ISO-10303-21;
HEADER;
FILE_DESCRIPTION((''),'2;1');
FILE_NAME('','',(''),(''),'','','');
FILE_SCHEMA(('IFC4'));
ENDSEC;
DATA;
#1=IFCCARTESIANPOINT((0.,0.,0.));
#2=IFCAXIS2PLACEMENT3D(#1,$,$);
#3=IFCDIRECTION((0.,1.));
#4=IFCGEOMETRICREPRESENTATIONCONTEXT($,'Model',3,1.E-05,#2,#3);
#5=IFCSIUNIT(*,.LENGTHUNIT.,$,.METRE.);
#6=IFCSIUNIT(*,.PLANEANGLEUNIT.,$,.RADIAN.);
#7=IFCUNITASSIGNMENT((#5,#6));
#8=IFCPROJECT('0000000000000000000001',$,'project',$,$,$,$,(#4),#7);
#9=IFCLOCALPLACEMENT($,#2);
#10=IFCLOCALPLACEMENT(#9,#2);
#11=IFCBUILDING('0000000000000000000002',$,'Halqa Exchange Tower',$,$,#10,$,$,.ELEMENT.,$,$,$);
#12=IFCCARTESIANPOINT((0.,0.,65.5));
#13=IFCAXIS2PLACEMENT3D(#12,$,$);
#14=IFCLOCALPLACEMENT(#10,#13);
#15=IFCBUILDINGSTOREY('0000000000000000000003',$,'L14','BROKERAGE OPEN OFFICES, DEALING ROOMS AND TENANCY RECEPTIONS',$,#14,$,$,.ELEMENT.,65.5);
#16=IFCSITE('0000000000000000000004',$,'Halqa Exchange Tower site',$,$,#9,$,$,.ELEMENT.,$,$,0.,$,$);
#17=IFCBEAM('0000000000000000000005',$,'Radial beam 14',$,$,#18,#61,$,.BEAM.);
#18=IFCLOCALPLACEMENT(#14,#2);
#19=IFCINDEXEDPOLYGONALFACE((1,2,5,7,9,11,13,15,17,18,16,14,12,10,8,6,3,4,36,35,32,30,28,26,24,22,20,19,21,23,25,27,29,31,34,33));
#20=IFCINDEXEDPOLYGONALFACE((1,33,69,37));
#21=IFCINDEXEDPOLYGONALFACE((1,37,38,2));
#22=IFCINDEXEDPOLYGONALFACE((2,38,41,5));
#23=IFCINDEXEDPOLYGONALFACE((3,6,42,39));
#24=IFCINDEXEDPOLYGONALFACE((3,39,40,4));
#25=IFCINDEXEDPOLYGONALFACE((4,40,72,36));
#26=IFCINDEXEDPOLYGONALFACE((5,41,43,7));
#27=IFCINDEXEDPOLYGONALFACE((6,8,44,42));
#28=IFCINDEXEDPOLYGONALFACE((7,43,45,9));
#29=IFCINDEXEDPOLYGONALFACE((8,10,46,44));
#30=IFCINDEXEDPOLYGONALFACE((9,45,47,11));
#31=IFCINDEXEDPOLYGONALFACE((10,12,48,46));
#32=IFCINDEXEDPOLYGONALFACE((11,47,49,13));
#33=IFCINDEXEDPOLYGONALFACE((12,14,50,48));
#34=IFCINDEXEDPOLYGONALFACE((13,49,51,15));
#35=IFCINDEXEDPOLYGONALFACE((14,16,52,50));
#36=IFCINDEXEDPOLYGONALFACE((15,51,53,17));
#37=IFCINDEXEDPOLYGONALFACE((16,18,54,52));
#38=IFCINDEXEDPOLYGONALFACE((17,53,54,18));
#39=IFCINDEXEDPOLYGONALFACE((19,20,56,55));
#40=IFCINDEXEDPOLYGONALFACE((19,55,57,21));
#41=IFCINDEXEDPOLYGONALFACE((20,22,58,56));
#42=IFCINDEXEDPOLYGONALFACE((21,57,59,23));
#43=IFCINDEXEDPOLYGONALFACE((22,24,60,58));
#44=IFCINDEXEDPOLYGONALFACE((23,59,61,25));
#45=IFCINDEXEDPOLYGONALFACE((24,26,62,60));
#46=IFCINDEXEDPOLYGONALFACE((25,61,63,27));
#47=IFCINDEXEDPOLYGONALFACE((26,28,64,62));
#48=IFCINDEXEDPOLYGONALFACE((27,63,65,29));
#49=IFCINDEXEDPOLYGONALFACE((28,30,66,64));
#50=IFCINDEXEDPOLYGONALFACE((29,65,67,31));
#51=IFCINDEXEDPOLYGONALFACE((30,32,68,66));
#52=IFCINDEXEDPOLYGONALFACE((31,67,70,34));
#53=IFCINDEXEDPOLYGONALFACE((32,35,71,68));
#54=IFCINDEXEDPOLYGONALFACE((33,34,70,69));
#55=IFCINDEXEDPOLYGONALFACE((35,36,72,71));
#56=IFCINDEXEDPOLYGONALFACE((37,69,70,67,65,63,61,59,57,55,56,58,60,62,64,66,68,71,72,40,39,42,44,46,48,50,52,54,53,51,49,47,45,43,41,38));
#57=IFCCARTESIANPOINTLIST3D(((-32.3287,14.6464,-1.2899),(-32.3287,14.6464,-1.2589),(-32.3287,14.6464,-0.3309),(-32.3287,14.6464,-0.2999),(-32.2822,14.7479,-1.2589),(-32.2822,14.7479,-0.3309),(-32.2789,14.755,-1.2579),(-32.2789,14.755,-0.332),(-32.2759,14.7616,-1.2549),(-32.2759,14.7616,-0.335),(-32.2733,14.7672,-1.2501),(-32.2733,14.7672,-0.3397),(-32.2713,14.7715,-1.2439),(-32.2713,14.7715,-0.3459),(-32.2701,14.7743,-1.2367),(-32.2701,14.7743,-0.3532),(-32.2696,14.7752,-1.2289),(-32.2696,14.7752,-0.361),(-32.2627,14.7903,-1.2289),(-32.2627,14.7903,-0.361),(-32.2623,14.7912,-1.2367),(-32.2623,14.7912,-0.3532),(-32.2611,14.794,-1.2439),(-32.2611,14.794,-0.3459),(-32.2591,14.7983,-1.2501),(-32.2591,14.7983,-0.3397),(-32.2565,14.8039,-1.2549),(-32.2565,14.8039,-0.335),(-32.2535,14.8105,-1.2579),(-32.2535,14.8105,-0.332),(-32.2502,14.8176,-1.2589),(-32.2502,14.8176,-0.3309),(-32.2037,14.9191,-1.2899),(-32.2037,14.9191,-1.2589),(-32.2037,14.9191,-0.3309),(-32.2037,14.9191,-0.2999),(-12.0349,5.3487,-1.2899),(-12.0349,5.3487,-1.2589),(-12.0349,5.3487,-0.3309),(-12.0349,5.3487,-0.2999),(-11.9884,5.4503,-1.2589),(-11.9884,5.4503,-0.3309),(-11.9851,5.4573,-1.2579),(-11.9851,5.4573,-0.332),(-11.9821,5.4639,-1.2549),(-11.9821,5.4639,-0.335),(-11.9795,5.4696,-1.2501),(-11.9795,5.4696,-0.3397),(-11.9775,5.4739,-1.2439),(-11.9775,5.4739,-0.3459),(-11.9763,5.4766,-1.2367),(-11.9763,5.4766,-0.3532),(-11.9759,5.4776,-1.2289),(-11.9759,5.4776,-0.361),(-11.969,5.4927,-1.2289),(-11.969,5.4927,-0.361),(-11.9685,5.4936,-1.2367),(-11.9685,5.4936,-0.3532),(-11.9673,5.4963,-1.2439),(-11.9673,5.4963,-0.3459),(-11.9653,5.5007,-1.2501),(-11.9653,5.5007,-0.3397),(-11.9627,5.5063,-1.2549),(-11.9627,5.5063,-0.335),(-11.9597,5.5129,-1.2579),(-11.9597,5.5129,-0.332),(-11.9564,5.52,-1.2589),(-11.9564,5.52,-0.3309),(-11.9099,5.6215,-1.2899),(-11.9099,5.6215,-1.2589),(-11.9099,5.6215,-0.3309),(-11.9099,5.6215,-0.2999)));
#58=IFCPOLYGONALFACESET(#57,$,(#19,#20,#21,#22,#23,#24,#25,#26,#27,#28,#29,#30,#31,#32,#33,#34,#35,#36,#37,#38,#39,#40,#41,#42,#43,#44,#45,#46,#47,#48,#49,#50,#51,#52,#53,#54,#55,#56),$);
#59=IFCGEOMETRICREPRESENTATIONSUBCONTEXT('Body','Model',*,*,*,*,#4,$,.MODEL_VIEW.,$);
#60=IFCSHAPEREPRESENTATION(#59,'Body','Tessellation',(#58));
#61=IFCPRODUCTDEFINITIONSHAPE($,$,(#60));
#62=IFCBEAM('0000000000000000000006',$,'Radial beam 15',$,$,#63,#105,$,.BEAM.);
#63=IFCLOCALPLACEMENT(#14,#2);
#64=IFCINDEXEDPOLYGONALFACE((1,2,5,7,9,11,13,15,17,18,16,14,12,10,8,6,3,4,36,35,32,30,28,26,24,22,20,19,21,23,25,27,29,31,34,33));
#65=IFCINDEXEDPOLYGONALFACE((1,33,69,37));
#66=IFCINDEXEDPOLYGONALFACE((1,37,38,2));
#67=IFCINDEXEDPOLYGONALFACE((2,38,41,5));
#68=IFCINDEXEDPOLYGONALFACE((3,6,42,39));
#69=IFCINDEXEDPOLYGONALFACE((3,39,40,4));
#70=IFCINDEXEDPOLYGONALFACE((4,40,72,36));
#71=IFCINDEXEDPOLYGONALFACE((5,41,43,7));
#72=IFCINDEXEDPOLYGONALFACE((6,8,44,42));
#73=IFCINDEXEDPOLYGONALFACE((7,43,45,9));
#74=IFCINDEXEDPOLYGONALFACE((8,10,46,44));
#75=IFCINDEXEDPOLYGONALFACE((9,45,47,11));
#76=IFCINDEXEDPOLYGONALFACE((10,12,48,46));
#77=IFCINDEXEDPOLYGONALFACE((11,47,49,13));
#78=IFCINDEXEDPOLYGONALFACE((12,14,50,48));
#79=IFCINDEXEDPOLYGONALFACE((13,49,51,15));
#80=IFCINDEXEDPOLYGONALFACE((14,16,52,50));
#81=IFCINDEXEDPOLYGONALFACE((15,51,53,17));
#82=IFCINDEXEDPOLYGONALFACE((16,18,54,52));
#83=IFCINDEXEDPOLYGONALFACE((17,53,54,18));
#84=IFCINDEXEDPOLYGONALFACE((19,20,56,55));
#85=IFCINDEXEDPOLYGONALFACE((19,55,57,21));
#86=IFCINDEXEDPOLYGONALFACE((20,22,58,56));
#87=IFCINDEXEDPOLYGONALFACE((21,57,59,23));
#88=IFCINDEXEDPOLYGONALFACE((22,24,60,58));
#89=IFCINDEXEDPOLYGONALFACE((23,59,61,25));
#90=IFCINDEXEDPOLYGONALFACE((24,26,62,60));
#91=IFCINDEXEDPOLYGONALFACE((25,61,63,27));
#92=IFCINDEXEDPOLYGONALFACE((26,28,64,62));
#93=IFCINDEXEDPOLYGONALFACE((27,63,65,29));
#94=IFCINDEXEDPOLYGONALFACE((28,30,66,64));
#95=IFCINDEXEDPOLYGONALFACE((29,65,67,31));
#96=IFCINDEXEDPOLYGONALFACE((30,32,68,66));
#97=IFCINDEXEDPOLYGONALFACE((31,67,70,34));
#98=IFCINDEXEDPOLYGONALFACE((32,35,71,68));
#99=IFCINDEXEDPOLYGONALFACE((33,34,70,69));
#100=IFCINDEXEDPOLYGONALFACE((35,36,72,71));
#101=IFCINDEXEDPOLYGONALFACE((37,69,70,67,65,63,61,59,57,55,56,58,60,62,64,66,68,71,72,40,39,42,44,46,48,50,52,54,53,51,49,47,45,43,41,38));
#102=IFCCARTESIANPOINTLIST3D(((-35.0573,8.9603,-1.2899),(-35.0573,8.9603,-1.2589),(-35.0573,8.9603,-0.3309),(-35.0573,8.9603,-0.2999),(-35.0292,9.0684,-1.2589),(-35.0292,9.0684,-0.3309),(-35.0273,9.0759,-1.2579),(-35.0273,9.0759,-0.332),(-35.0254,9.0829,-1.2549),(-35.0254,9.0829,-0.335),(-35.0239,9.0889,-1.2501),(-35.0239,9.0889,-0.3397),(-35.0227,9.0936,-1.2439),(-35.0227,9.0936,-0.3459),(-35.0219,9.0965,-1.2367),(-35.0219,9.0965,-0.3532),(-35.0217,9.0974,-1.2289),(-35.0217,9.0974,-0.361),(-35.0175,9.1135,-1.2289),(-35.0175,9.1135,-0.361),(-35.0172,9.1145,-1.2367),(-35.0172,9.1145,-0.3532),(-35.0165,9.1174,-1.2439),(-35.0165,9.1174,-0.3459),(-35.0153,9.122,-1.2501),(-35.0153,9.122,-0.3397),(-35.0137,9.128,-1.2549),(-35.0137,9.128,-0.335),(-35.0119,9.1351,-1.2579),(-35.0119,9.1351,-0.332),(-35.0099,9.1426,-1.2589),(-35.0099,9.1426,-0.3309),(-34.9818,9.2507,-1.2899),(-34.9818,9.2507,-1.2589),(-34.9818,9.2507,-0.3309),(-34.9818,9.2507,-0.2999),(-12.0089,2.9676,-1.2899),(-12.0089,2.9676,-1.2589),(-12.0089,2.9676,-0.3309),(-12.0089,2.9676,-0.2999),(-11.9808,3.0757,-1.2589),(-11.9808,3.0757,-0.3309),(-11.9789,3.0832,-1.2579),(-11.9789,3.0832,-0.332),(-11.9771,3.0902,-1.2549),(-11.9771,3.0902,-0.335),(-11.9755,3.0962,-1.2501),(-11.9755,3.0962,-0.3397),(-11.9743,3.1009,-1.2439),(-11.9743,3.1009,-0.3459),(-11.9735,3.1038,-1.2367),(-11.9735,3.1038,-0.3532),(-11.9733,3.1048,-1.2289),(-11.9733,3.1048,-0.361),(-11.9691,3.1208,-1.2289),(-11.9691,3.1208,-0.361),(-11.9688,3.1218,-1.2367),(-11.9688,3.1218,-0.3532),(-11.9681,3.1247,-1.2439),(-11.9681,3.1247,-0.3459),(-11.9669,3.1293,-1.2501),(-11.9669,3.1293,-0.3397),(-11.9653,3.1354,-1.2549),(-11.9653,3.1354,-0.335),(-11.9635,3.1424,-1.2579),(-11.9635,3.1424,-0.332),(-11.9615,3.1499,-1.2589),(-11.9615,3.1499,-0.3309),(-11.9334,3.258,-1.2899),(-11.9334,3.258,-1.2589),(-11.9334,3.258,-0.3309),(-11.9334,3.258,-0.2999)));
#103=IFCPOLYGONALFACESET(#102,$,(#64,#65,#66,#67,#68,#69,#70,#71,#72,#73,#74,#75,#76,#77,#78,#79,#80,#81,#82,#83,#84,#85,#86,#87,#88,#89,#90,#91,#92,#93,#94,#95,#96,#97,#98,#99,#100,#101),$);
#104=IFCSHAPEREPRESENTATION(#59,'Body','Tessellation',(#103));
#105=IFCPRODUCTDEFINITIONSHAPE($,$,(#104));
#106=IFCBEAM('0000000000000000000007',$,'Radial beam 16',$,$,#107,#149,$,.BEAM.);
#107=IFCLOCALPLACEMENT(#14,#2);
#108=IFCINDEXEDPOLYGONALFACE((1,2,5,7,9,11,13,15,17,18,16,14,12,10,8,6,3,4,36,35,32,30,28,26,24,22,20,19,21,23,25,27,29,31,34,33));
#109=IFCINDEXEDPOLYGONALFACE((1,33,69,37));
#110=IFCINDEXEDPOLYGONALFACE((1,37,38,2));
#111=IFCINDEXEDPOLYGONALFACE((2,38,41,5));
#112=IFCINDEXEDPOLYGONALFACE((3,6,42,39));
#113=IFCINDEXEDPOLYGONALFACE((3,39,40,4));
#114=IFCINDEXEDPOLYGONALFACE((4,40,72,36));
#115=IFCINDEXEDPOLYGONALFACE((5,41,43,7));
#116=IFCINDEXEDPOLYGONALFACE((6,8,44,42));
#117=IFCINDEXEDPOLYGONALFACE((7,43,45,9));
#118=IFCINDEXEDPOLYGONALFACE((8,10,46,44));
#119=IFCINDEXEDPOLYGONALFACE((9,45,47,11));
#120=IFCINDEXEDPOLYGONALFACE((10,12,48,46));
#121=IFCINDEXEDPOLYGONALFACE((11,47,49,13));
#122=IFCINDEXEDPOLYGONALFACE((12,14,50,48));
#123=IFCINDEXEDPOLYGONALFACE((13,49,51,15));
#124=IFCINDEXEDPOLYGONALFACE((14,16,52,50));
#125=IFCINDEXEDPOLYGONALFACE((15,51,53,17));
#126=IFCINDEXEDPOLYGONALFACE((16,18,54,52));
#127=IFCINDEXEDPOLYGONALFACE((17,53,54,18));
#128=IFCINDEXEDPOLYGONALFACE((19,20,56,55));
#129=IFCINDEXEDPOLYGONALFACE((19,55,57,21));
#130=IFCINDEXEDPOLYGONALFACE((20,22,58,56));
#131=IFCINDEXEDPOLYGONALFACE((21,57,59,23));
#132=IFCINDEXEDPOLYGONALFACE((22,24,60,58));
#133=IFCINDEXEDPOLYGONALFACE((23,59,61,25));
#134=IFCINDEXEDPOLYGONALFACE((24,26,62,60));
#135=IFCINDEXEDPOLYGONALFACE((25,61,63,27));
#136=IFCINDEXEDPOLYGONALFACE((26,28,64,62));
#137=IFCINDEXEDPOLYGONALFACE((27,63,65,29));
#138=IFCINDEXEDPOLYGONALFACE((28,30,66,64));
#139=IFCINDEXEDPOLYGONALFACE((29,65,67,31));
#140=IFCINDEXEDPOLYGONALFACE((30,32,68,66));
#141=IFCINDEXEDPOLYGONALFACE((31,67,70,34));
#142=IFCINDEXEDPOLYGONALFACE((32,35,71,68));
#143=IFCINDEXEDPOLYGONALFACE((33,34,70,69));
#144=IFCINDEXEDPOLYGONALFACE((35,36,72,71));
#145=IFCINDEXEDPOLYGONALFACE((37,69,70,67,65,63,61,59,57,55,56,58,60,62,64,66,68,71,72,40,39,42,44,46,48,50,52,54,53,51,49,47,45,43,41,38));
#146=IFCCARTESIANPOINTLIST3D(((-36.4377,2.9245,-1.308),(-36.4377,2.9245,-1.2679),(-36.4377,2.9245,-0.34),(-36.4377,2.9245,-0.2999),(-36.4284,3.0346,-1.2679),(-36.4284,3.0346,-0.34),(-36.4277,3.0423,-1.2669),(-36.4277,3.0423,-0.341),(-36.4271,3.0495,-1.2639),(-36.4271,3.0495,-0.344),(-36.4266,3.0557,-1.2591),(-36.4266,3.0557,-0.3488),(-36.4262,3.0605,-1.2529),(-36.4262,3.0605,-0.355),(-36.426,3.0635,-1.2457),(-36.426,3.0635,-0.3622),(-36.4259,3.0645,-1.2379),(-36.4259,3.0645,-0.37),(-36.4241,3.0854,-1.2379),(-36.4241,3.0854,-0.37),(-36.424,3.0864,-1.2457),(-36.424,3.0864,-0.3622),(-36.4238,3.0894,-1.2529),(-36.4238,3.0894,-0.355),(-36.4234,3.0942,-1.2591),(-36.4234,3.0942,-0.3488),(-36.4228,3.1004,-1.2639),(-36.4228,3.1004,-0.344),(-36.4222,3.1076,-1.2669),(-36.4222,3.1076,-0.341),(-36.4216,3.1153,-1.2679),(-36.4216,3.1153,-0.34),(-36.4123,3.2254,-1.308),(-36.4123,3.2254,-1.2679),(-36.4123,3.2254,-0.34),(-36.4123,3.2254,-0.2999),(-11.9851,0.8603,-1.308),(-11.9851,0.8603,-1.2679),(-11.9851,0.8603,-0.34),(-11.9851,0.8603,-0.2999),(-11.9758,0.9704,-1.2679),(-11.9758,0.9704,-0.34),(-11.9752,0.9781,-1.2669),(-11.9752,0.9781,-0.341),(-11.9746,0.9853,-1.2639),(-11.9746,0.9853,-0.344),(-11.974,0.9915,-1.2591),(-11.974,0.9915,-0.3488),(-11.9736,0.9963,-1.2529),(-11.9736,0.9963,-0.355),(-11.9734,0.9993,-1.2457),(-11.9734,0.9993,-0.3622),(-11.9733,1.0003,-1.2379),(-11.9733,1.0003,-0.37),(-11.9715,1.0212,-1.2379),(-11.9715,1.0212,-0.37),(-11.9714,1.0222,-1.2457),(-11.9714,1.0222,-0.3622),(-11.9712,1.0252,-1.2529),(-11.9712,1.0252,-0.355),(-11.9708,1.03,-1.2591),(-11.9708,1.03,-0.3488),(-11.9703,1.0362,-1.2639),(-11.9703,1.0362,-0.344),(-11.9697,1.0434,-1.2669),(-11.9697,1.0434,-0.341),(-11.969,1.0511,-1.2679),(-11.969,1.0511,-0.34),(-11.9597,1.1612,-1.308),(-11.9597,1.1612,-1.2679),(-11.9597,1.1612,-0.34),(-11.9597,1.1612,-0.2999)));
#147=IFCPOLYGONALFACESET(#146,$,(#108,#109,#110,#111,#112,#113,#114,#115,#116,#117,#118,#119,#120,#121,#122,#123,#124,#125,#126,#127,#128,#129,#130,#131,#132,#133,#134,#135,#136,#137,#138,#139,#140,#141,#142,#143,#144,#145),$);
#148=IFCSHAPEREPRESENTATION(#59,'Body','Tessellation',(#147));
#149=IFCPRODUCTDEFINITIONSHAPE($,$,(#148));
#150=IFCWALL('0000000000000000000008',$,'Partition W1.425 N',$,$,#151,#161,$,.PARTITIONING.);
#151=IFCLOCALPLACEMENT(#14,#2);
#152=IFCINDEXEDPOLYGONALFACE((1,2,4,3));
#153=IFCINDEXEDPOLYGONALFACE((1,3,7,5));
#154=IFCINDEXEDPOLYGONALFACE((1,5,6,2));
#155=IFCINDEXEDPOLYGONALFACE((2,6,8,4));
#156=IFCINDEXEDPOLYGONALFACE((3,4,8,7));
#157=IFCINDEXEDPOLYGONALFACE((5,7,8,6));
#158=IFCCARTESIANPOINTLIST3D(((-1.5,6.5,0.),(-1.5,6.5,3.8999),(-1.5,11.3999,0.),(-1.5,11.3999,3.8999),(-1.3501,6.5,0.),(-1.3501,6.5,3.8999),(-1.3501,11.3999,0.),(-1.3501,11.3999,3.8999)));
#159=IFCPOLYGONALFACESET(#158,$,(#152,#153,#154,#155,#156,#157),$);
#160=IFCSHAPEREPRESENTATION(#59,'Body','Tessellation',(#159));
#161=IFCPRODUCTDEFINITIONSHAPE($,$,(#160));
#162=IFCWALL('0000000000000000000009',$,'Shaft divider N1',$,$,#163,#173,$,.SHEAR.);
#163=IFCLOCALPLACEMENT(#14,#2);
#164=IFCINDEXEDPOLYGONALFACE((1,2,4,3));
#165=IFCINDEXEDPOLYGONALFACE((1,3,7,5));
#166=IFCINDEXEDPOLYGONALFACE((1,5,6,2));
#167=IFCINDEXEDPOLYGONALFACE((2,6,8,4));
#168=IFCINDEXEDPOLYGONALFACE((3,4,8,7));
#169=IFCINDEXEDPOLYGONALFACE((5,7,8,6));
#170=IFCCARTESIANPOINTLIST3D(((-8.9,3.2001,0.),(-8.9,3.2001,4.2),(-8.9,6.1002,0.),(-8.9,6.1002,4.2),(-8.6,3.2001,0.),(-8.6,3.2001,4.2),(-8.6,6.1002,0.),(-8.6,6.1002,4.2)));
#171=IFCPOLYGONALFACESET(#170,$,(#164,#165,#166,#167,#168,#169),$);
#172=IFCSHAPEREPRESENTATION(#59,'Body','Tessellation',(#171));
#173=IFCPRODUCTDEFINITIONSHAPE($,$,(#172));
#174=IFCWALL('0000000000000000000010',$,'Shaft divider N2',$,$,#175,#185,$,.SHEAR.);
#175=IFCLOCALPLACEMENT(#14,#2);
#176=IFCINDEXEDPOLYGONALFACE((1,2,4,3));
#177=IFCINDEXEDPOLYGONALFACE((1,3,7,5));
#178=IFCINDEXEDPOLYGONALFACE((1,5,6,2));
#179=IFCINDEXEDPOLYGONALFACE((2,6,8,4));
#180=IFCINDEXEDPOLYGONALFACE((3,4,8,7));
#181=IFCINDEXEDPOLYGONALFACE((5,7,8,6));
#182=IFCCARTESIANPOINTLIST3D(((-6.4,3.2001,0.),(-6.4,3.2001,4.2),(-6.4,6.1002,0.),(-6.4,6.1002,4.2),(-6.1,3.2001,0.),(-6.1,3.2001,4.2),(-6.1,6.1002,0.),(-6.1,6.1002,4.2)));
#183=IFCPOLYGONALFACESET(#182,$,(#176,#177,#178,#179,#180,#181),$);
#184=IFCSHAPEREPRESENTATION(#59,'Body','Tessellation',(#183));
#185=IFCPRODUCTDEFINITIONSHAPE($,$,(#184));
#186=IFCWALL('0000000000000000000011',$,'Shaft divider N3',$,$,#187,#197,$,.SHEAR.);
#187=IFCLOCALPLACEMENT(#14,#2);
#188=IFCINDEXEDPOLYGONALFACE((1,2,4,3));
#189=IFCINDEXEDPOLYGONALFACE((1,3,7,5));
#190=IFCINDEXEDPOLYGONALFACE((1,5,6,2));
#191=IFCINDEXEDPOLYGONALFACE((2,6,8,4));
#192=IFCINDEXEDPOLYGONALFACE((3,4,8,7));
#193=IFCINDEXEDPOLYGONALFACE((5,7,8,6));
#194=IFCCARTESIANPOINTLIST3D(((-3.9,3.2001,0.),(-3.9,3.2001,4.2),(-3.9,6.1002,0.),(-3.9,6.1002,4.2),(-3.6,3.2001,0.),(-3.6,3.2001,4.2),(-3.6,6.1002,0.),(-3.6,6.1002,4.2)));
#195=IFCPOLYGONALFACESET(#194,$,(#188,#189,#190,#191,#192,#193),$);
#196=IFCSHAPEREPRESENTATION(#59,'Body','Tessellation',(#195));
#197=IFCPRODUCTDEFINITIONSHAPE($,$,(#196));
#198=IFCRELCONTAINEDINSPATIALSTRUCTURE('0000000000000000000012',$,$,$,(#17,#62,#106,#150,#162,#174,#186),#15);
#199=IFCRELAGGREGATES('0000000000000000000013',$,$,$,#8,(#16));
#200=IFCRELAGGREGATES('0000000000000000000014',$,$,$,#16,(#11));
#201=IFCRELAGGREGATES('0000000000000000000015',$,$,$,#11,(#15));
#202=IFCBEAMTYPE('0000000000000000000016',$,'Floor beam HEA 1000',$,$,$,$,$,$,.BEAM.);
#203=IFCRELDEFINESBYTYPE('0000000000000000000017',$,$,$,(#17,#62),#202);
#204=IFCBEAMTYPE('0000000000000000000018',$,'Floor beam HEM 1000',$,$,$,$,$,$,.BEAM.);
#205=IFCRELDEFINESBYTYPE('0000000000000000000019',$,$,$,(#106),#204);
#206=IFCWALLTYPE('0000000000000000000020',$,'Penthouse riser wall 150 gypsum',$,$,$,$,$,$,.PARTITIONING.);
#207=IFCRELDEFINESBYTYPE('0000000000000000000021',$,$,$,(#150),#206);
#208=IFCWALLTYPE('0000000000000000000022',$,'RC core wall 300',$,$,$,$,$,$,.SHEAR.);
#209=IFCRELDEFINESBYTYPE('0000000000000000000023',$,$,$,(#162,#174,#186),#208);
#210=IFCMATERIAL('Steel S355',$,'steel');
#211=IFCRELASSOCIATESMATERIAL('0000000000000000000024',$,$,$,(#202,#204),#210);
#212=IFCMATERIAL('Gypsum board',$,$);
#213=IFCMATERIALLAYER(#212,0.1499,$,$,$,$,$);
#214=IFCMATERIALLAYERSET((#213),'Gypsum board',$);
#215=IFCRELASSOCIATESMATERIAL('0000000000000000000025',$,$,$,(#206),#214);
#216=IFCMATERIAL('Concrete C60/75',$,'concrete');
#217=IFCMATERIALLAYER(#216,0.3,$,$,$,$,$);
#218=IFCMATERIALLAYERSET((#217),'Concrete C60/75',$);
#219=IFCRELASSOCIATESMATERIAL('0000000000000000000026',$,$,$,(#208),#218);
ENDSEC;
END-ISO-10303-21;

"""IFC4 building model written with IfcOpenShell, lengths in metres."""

from ifc_helpers import new_model, si_unit, direction, frame, frame_2d, origin, origin_2d, place, context, subcontext, project, spatial, rectangle, i_section, extrude, material, layer, layer_set, material_profile, profile_set, type_object, element, save


model = new_model("IFC4")

# Units and contexts
model_context = context("Model", 3, precision=1e-05, world=origin(), true_north=direction((0.0, 1.0)))
body_context = subcontext(model_context, "Body", "Model", "MODEL_VIEW")
ifc_project = project(units=[si_unit("LENGTHUNIT", "METRE"), si_unit("PLANEANGLEUNIT", "RADIAN")], contexts=[model_context])

# Site, building, storey
site_placement = place(None, origin())
site = spatial("IfcSite", under=ifc_project, at=site_placement, Name="Halqa Exchange Tower site", CompositionType="ELEMENT", RefElevation=0.0)
building_placement = place(site_placement, origin())
building = spatial("IfcBuilding", under=site, at=building_placement, Name="Halqa Exchange Tower", CompositionType="ELEMENT")
storey_placement = place(building_placement, frame((0.0, 0.0, 65.5)))
storey = spatial("IfcBuildingStorey", under=building, at=storey_placement, Name="L14", Description="BROKERAGE OPEN OFFICES, DEALING ROOMS AND TENANCY RECEPTIONS", CompositionType="ELEMENT", Elevation=65.5)

# Beams
ifc_material_1 = material(Name="Steel S355", Category="steel")
ifc_material_profile_1 = material_profile(ifc_material_1, i_section(OverallWidth=0.3, OverallDepth=0.99, WebThickness=0.0166, FlangeThickness=0.031, FilletRadius=0.03, at=origin_2d()), Name="HEA 1000")
ifc_profile_set_1 = profile_set([ifc_material_profile_1], Name="Steel S355")
beam_type_1 = type_object("IfcBeamType", Name="Floor beam HEA 1000", PredefinedType="BEAM", material=ifc_profile_set_1)
beam_1_placement = place(storey_placement, frame((-11.9724, 5.4851, -0.7949), z_axis=(-0.909127, 0.416519, 0.0), x_axis=(-0.416519, -0.909127, 0.0)))
element("IfcBeam", 1, at=beam_1_placement, inside=storey, type_object=beam_type_1, Name="Radial beam 14", PredefinedType="BEAM", context=body_context, shape_type="SweptSolid", body=[
    extrude(i_section(OverallWidth=0.3, OverallDepth=0.99, WebThickness=0.0166, FlangeThickness=0.031, FilletRadius=0.03, at=origin_2d()), origin(), (0.0, 0.0, 1.0), 22.3223),
])
beam_2_placement = place(storey_placement, frame((-11.9712, 3.1128, -0.7949), z_axis=(-0.967821, 0.251638, 0.0), x_axis=(-0.251638, -0.967821, 0.0)))
element("IfcBeam", 2, at=beam_2_placement, inside=storey, type_object=beam_type_1, Name="Radial beam 15", PredefinedType="BEAM", context=body_context, shape_type="SweptSolid", body=[
    extrude(i_section(OverallWidth=0.3, OverallDepth=0.99, WebThickness=0.0166, FlangeThickness=0.031, FilletRadius=0.03, at=origin_2d()), origin(), (0.0, 0.0, 1.0), 23.8147),
])
ifc_material_profile_2 = material_profile(ifc_material_1, i_section(OverallWidth=0.302, OverallDepth=1.0081, WebThickness=0.021, FlangeThickness=0.04, FilletRadius=0.03, at=origin_2d()), Name="HEM 1000")
ifc_profile_set_2 = profile_set([ifc_material_profile_2], Name="Steel S355")
beam_type_2 = type_object("IfcBeamType", Name="Floor beam HEM 1000", PredefinedType="BEAM", material=ifc_profile_set_2)
beam_3_placement = place(storey_placement, frame((-11.9724, 1.0107, -0.804), z_axis=(-0.996456, 0.084117, 0.0), x_axis=(-0.084117, -0.996456, 0.0)))
element("IfcBeam", 3, at=beam_3_placement, inside=storey, type_object=beam_type_2, Name="Radial beam 16", PredefinedType="BEAM", context=body_context, shape_type="SweptSolid", body=[
    extrude(i_section(OverallWidth=0.302, OverallDepth=1.0081, WebThickness=0.021, FlangeThickness=0.04, FilletRadius=0.03, at=origin_2d()), origin(), (0.0, 0.0, 1.0), 24.5396),
])

# Walls
ifc_material_2 = material(Name="Gypsum board")
ifc_layer_1 = layer(ifc_material_2, 0.1499)
ifc_layer_set_1 = layer_set([ifc_layer_1], Name="Gypsum board")
wall_type_1 = type_object("IfcWallType", Name="Penthouse riser wall 150 gypsum", PredefinedType="PARTITIONING", material=ifc_layer_set_1)
wall_1_placement = place(storey_placement, frame((-1.425, 6.5, 0.0), z_axis=(0.0, 0.0, 1.0), x_axis=(0.0, 1.0, 0.0)))
element("IfcWall", 4, at=wall_1_placement, inside=storey, type_object=wall_type_1, Name="Partition W1.425 N", PredefinedType="PARTITIONING", context=body_context, shape_type="SweptSolid", body=[
    extrude(rectangle(XDim=4.8999, YDim=0.1499, at=frame_2d((2.45, 0.0))), origin(), (0.0, 0.0, 1.0), 3.8999),
])
ifc_material_3 = material(Name="Concrete C60/75", Category="concrete")
ifc_layer_2 = layer(ifc_material_3, 0.3)
ifc_layer_set_2 = layer_set([ifc_layer_2], Name="Concrete C60/75")
wall_type_2 = type_object("IfcWallType", Name="RC core wall 300", PredefinedType="SHEAR", material=ifc_layer_set_2)
for number, where, z_axis, x_axis, name in (
    (5, (-8.75, 3.2, 0.0), (0.0, 0.0, 1.0), (0.0, 1.0, 0.0), "Shaft divider N1"),
    (6, (-6.25, 3.2, 0.0), (0.0, 0.0, 1.0), (0.0, 1.0, 0.0), "Shaft divider N2"),
    (7, (-3.75, 3.2, 0.0), (0.0, 0.0, 1.0), (0.0, 1.0, 0.0), "Shaft divider N3"),
):
    element("IfcWall", number, at=place(storey_placement, frame(where, z_axis=z_axis, x_axis=x_axis)), inside=storey, type_object=wall_type_2, Name=name, PredefinedType="SHEAR", context=body_context, shape_type="SweptSolid", body=[
        extrude(rectangle(XDim=2.9001, YDim=0.3, at=frame_2d((1.4502, 0.0))), origin(), (0.0, 0.0, 1.0), 4.2),
    ])

save(model, "model.ifc")
